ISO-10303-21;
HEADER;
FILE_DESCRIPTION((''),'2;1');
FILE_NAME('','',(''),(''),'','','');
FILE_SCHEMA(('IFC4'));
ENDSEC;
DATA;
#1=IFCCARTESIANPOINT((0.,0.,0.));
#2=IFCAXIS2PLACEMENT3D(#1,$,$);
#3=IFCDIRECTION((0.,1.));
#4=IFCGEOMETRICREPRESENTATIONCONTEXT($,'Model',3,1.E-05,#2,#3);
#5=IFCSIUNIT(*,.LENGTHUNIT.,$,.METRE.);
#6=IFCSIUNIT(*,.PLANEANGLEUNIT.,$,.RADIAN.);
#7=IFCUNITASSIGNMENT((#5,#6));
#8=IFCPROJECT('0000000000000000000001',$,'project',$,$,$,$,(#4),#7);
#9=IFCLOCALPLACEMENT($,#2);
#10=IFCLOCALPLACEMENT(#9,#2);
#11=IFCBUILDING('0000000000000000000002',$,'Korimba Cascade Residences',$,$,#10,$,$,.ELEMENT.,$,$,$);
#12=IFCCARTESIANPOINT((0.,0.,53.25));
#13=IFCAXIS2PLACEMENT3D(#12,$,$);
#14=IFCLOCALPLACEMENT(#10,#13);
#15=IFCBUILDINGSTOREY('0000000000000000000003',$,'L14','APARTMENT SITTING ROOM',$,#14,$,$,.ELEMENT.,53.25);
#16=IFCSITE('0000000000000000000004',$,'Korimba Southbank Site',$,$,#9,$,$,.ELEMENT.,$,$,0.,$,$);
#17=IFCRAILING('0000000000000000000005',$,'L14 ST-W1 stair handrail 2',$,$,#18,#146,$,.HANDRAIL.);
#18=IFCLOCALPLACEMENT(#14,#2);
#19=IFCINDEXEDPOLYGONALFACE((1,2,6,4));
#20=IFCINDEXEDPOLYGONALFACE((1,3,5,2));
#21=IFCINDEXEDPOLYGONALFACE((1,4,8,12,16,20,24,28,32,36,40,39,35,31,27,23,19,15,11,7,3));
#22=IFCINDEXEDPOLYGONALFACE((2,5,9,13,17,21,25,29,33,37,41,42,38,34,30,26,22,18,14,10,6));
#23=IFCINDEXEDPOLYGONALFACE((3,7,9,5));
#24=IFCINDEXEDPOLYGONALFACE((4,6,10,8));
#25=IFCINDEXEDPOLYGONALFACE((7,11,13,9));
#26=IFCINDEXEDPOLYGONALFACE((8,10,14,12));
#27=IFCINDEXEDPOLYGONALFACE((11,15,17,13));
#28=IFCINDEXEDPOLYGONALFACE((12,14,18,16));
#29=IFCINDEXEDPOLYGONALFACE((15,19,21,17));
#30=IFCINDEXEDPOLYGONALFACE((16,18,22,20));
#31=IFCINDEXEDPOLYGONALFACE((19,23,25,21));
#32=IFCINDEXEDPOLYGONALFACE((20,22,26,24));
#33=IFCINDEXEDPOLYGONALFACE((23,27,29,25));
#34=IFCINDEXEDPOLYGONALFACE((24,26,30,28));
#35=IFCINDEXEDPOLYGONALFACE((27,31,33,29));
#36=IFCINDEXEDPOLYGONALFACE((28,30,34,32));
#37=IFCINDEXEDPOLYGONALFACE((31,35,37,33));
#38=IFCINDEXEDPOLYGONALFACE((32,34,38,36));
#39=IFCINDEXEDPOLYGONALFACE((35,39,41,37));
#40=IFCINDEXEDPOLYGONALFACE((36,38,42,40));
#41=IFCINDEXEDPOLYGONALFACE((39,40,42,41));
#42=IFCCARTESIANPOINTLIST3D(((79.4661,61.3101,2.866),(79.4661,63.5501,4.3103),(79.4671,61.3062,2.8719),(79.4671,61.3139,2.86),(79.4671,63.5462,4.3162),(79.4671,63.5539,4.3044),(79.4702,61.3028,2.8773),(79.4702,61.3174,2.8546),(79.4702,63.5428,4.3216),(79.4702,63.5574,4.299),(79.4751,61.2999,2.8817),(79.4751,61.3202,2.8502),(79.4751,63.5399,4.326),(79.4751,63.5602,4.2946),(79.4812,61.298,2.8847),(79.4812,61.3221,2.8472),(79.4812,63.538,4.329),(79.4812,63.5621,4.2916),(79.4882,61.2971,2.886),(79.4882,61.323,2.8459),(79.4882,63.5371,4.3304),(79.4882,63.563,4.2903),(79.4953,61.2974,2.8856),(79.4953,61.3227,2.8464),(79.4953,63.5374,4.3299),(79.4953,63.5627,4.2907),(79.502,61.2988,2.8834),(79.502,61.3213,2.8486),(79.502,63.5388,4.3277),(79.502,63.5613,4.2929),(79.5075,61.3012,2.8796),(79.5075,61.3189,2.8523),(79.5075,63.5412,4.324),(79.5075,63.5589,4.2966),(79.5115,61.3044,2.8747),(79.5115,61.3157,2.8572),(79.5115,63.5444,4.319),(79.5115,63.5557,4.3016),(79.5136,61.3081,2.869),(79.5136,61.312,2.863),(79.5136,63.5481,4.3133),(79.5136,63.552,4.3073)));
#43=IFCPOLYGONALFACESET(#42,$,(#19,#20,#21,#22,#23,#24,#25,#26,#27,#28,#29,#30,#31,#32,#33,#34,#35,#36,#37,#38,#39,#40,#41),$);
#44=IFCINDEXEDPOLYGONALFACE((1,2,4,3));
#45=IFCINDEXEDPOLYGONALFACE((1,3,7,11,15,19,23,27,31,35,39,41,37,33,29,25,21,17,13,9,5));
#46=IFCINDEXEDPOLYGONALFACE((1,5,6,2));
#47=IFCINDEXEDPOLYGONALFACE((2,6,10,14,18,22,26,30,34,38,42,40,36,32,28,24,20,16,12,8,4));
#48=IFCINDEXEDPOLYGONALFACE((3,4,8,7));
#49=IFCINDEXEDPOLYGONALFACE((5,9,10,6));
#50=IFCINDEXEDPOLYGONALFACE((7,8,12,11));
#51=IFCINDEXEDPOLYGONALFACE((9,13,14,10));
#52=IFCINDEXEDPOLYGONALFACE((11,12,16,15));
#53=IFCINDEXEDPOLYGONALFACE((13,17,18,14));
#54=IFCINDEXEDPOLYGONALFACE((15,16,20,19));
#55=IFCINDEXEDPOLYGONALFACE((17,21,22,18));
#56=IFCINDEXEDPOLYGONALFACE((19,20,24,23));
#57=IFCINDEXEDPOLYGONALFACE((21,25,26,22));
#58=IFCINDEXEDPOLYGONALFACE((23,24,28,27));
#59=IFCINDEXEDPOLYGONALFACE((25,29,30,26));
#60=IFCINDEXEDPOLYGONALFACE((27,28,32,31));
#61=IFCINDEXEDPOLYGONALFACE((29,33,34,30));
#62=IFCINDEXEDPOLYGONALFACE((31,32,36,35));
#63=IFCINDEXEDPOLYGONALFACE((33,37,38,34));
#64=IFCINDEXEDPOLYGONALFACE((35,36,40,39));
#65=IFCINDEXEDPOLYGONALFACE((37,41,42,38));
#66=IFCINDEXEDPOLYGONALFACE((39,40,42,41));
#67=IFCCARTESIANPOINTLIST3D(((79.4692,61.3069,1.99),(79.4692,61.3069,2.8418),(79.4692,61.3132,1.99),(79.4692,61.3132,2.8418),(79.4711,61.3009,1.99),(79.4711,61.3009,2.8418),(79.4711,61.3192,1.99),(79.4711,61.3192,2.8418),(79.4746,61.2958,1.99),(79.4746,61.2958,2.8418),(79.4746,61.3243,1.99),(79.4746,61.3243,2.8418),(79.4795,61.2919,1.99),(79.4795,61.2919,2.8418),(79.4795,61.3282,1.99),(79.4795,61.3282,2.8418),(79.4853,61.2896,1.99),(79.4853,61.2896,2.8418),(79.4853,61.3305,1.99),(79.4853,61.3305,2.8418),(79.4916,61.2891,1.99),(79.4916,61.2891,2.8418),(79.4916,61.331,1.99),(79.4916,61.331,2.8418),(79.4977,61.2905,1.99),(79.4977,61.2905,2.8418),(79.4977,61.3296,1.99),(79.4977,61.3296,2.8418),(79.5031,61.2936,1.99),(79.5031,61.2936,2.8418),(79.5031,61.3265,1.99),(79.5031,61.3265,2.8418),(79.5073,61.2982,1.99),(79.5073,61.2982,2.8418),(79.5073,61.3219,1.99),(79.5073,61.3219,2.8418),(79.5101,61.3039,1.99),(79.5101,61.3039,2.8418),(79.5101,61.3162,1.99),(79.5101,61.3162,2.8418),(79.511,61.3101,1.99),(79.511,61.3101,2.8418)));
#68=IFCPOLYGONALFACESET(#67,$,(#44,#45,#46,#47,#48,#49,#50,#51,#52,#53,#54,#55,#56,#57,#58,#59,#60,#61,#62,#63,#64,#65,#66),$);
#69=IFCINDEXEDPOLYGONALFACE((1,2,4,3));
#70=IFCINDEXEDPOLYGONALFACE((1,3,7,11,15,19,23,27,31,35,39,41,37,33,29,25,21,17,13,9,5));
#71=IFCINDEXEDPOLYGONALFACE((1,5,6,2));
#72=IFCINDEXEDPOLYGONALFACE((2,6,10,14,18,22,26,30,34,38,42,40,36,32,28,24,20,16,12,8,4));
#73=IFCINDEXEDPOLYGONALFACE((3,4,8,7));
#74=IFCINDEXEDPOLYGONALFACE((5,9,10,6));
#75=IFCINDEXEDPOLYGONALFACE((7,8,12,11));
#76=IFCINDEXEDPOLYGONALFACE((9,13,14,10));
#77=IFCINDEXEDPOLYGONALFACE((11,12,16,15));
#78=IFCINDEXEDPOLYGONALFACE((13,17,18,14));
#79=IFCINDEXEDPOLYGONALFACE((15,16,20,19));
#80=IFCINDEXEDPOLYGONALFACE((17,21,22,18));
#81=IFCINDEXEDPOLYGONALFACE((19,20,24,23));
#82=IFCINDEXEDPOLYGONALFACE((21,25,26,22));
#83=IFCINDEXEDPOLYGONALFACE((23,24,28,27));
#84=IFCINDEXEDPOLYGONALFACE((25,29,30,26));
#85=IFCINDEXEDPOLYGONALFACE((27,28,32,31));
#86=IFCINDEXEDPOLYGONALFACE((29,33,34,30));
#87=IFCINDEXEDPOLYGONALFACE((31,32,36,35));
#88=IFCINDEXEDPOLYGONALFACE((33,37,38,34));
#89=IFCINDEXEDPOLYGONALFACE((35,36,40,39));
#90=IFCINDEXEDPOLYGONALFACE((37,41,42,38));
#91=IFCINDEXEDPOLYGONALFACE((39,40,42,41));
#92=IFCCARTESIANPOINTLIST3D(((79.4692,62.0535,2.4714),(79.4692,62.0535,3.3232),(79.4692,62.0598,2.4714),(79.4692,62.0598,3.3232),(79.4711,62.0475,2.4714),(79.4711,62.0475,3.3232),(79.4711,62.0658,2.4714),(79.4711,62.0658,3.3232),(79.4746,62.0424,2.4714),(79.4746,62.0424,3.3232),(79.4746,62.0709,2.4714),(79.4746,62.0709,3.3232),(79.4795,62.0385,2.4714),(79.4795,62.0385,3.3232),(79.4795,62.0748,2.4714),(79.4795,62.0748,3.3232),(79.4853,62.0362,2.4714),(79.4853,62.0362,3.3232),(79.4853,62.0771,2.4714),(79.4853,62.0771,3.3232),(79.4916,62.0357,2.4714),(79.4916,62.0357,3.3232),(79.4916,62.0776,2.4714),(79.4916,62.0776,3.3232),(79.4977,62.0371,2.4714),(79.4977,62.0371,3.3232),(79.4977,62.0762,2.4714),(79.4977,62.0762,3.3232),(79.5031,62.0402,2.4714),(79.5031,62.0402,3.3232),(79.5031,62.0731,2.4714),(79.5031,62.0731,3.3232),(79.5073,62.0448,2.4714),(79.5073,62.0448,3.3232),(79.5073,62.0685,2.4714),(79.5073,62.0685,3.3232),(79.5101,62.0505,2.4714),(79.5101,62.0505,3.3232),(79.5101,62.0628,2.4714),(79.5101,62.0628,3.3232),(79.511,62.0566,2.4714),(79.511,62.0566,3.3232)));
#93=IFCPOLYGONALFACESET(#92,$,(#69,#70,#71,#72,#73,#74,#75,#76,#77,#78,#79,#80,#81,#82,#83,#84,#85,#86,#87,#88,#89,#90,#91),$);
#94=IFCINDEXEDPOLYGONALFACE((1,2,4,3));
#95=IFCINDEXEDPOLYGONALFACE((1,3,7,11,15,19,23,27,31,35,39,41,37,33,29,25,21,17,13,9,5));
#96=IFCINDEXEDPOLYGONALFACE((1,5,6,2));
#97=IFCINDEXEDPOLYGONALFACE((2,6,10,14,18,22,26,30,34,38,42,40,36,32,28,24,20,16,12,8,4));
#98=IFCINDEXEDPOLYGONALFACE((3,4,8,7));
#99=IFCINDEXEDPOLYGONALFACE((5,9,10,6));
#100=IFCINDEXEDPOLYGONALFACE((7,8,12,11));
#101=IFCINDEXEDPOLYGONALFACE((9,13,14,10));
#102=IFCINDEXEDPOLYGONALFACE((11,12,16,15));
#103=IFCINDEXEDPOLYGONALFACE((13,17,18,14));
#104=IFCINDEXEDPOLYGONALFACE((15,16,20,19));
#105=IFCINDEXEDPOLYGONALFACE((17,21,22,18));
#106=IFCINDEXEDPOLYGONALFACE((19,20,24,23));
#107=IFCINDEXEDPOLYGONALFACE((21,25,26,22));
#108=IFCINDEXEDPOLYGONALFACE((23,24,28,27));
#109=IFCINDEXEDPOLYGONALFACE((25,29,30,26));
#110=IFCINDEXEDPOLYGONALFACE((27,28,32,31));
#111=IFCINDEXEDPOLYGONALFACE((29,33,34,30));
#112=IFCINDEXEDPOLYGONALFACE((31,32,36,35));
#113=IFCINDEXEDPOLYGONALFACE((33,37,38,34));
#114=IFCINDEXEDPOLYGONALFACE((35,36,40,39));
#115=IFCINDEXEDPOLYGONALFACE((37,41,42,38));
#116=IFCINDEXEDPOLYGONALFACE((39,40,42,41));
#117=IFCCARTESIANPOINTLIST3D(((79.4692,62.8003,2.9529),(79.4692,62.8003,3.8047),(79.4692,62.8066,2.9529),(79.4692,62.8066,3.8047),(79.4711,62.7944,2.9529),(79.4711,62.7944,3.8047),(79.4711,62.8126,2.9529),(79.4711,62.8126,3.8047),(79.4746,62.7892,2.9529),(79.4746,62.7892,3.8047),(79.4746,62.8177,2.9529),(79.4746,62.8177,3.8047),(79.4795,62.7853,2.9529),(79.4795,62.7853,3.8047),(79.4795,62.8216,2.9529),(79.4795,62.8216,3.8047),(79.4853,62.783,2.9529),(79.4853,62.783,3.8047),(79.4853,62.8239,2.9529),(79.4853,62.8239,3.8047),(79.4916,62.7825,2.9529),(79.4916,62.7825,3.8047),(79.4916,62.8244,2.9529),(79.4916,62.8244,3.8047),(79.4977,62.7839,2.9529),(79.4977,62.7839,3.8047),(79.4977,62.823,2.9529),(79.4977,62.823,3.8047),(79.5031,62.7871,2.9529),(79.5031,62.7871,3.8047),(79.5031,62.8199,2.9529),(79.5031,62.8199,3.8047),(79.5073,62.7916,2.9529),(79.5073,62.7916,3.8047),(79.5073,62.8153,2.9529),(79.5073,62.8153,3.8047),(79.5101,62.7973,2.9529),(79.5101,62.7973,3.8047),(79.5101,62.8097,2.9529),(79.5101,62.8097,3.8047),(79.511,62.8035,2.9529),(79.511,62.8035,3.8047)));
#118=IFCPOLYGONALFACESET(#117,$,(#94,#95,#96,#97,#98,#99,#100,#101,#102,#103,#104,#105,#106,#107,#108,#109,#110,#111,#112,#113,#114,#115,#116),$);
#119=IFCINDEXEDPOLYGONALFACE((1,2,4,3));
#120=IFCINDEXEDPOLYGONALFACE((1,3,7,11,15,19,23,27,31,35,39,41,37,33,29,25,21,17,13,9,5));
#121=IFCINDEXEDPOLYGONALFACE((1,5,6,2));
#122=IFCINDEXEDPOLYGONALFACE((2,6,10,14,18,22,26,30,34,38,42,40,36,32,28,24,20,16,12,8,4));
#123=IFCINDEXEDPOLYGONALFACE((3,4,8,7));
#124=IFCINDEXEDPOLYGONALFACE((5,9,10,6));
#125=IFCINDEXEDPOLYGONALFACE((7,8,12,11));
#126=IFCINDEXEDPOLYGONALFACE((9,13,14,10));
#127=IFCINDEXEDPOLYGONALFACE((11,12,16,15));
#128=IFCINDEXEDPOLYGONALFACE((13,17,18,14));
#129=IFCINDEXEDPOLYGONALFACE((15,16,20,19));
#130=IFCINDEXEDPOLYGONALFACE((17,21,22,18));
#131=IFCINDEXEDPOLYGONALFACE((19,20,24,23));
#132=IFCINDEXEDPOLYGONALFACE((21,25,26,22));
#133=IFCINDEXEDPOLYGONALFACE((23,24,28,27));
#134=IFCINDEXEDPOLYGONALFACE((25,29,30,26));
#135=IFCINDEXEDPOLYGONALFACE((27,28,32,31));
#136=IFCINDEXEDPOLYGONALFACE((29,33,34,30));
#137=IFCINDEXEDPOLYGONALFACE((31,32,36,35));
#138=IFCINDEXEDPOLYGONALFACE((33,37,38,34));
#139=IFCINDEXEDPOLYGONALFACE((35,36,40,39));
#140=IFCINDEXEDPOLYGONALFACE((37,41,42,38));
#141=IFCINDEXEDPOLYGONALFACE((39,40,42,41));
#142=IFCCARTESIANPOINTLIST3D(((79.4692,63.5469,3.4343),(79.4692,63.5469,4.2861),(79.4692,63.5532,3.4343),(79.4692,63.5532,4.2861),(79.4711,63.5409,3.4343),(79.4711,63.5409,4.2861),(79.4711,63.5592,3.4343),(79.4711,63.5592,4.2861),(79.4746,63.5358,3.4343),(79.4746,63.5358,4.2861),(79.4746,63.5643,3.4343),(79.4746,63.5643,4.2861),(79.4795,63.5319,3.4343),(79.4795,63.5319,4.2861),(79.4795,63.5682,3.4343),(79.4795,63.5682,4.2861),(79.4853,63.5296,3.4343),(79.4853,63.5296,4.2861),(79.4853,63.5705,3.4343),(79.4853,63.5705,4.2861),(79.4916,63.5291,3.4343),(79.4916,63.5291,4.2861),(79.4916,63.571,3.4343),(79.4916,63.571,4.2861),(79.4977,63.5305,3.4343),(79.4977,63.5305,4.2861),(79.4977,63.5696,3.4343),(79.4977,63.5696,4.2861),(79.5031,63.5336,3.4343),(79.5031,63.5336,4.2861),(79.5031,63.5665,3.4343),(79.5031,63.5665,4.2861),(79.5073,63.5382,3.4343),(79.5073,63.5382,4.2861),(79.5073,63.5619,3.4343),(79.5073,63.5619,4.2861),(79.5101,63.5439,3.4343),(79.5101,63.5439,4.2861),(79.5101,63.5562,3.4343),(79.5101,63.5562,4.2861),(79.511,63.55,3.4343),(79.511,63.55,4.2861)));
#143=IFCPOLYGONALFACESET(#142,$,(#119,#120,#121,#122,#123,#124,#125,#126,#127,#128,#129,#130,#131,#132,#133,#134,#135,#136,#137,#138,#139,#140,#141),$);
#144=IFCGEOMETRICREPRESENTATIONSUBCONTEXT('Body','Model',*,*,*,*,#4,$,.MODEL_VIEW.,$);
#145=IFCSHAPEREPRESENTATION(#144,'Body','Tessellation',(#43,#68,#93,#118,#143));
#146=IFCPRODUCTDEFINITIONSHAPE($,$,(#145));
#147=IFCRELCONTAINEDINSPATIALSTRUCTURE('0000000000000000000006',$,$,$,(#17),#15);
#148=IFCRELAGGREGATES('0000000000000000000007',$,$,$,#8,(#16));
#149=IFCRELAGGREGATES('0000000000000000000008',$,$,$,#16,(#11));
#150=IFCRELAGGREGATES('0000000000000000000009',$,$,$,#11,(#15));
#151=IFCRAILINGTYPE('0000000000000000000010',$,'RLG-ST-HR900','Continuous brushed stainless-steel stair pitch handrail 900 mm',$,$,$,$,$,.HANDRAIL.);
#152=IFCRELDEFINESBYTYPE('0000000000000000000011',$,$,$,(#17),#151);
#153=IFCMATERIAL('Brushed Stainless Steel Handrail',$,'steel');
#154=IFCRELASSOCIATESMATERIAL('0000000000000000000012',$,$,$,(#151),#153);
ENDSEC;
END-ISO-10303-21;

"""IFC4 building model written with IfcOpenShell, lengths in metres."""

from ifc_helpers import new_model, si_unit, direction, frame, origin, origin_2d, place, context, subcontext, project, spatial, circle, extrude, material, type_object, element, save


model = new_model("IFC4")

# Units and contexts
model_context = context("Model", 3, precision=1e-05, world=origin(), true_north=direction((0.0, 1.0)))
body_context = subcontext(model_context, "Body", "Model", "MODEL_VIEW")
ifc_project = project(units=[si_unit("LENGTHUNIT", "METRE"), si_unit("PLANEANGLEUNIT", "RADIAN")], contexts=[model_context])

# Site, building, storey
site_placement = place(None, origin())
site = spatial("IfcSite", under=ifc_project, at=site_placement, Name="Korimba Southbank Site", CompositionType="ELEMENT", RefElevation=0.0)
building_placement = place(site_placement, origin())
building = spatial("IfcBuilding", under=site, at=building_placement, Name="Korimba Cascade Residences", CompositionType="ELEMENT")
storey_placement = place(building_placement, frame((0.0, 0.0, 53.25)))
storey = spatial("IfcBuildingStorey", under=building, at=storey_placement, Name="L14", Description="APARTMENT SITTING ROOM", CompositionType="ELEMENT", Elevation=53.25)

# Railing
ifc_material_1 = material(Name="Brushed Stainless Steel Handrail", Category="steel")
railing_type_1 = type_object("IfcRailingType", Name="RLG-ST-HR900", Description="Continuous brushed stainless-steel stair pitch handrail 900 mm", PredefinedType="HANDRAIL", material=ifc_material_1)
railing_1_placement = place(storey_placement, frame((79.49, 61.3101, 1.99)))
element("IfcRailing", 1, at=railing_1_placement, inside=storey, type_object=railing_type_1, Name="L14 ST-W1 stair handrail 2", PredefinedType="HANDRAIL", context=body_context, shape_type="SweptSolid", body=[
    extrude(circle(Radius=0.0239, at=origin_2d()), frame((0.0, 0.0, 0.876), z_axis=(0.0, 0.840437, 0.54191), x_axis=(-1.0, 0.0, 0.0)), (0.0, 0.0, 1.0), 2.6653),
    extrude(circle(Radius=0.021, at=origin_2d()), origin(), (0.0, 0.0, 1.0), 0.8518),
    extrude(circle(Radius=0.021, at=origin_2d()), frame((0.0, 0.7466, 0.4814)), (0.0, 0.0, 1.0), 0.8518),
    extrude(circle(Radius=0.021, at=origin_2d()), frame((0.0, 1.4934, 0.9629)), (0.0, 0.0, 1.0), 0.8518),
    extrude(circle(Radius=0.021, at=origin_2d()), frame((0.0, 2.24, 1.4443)), (0.0, 0.0, 1.0), 0.8518),
])

save(model, "model.ifc")
